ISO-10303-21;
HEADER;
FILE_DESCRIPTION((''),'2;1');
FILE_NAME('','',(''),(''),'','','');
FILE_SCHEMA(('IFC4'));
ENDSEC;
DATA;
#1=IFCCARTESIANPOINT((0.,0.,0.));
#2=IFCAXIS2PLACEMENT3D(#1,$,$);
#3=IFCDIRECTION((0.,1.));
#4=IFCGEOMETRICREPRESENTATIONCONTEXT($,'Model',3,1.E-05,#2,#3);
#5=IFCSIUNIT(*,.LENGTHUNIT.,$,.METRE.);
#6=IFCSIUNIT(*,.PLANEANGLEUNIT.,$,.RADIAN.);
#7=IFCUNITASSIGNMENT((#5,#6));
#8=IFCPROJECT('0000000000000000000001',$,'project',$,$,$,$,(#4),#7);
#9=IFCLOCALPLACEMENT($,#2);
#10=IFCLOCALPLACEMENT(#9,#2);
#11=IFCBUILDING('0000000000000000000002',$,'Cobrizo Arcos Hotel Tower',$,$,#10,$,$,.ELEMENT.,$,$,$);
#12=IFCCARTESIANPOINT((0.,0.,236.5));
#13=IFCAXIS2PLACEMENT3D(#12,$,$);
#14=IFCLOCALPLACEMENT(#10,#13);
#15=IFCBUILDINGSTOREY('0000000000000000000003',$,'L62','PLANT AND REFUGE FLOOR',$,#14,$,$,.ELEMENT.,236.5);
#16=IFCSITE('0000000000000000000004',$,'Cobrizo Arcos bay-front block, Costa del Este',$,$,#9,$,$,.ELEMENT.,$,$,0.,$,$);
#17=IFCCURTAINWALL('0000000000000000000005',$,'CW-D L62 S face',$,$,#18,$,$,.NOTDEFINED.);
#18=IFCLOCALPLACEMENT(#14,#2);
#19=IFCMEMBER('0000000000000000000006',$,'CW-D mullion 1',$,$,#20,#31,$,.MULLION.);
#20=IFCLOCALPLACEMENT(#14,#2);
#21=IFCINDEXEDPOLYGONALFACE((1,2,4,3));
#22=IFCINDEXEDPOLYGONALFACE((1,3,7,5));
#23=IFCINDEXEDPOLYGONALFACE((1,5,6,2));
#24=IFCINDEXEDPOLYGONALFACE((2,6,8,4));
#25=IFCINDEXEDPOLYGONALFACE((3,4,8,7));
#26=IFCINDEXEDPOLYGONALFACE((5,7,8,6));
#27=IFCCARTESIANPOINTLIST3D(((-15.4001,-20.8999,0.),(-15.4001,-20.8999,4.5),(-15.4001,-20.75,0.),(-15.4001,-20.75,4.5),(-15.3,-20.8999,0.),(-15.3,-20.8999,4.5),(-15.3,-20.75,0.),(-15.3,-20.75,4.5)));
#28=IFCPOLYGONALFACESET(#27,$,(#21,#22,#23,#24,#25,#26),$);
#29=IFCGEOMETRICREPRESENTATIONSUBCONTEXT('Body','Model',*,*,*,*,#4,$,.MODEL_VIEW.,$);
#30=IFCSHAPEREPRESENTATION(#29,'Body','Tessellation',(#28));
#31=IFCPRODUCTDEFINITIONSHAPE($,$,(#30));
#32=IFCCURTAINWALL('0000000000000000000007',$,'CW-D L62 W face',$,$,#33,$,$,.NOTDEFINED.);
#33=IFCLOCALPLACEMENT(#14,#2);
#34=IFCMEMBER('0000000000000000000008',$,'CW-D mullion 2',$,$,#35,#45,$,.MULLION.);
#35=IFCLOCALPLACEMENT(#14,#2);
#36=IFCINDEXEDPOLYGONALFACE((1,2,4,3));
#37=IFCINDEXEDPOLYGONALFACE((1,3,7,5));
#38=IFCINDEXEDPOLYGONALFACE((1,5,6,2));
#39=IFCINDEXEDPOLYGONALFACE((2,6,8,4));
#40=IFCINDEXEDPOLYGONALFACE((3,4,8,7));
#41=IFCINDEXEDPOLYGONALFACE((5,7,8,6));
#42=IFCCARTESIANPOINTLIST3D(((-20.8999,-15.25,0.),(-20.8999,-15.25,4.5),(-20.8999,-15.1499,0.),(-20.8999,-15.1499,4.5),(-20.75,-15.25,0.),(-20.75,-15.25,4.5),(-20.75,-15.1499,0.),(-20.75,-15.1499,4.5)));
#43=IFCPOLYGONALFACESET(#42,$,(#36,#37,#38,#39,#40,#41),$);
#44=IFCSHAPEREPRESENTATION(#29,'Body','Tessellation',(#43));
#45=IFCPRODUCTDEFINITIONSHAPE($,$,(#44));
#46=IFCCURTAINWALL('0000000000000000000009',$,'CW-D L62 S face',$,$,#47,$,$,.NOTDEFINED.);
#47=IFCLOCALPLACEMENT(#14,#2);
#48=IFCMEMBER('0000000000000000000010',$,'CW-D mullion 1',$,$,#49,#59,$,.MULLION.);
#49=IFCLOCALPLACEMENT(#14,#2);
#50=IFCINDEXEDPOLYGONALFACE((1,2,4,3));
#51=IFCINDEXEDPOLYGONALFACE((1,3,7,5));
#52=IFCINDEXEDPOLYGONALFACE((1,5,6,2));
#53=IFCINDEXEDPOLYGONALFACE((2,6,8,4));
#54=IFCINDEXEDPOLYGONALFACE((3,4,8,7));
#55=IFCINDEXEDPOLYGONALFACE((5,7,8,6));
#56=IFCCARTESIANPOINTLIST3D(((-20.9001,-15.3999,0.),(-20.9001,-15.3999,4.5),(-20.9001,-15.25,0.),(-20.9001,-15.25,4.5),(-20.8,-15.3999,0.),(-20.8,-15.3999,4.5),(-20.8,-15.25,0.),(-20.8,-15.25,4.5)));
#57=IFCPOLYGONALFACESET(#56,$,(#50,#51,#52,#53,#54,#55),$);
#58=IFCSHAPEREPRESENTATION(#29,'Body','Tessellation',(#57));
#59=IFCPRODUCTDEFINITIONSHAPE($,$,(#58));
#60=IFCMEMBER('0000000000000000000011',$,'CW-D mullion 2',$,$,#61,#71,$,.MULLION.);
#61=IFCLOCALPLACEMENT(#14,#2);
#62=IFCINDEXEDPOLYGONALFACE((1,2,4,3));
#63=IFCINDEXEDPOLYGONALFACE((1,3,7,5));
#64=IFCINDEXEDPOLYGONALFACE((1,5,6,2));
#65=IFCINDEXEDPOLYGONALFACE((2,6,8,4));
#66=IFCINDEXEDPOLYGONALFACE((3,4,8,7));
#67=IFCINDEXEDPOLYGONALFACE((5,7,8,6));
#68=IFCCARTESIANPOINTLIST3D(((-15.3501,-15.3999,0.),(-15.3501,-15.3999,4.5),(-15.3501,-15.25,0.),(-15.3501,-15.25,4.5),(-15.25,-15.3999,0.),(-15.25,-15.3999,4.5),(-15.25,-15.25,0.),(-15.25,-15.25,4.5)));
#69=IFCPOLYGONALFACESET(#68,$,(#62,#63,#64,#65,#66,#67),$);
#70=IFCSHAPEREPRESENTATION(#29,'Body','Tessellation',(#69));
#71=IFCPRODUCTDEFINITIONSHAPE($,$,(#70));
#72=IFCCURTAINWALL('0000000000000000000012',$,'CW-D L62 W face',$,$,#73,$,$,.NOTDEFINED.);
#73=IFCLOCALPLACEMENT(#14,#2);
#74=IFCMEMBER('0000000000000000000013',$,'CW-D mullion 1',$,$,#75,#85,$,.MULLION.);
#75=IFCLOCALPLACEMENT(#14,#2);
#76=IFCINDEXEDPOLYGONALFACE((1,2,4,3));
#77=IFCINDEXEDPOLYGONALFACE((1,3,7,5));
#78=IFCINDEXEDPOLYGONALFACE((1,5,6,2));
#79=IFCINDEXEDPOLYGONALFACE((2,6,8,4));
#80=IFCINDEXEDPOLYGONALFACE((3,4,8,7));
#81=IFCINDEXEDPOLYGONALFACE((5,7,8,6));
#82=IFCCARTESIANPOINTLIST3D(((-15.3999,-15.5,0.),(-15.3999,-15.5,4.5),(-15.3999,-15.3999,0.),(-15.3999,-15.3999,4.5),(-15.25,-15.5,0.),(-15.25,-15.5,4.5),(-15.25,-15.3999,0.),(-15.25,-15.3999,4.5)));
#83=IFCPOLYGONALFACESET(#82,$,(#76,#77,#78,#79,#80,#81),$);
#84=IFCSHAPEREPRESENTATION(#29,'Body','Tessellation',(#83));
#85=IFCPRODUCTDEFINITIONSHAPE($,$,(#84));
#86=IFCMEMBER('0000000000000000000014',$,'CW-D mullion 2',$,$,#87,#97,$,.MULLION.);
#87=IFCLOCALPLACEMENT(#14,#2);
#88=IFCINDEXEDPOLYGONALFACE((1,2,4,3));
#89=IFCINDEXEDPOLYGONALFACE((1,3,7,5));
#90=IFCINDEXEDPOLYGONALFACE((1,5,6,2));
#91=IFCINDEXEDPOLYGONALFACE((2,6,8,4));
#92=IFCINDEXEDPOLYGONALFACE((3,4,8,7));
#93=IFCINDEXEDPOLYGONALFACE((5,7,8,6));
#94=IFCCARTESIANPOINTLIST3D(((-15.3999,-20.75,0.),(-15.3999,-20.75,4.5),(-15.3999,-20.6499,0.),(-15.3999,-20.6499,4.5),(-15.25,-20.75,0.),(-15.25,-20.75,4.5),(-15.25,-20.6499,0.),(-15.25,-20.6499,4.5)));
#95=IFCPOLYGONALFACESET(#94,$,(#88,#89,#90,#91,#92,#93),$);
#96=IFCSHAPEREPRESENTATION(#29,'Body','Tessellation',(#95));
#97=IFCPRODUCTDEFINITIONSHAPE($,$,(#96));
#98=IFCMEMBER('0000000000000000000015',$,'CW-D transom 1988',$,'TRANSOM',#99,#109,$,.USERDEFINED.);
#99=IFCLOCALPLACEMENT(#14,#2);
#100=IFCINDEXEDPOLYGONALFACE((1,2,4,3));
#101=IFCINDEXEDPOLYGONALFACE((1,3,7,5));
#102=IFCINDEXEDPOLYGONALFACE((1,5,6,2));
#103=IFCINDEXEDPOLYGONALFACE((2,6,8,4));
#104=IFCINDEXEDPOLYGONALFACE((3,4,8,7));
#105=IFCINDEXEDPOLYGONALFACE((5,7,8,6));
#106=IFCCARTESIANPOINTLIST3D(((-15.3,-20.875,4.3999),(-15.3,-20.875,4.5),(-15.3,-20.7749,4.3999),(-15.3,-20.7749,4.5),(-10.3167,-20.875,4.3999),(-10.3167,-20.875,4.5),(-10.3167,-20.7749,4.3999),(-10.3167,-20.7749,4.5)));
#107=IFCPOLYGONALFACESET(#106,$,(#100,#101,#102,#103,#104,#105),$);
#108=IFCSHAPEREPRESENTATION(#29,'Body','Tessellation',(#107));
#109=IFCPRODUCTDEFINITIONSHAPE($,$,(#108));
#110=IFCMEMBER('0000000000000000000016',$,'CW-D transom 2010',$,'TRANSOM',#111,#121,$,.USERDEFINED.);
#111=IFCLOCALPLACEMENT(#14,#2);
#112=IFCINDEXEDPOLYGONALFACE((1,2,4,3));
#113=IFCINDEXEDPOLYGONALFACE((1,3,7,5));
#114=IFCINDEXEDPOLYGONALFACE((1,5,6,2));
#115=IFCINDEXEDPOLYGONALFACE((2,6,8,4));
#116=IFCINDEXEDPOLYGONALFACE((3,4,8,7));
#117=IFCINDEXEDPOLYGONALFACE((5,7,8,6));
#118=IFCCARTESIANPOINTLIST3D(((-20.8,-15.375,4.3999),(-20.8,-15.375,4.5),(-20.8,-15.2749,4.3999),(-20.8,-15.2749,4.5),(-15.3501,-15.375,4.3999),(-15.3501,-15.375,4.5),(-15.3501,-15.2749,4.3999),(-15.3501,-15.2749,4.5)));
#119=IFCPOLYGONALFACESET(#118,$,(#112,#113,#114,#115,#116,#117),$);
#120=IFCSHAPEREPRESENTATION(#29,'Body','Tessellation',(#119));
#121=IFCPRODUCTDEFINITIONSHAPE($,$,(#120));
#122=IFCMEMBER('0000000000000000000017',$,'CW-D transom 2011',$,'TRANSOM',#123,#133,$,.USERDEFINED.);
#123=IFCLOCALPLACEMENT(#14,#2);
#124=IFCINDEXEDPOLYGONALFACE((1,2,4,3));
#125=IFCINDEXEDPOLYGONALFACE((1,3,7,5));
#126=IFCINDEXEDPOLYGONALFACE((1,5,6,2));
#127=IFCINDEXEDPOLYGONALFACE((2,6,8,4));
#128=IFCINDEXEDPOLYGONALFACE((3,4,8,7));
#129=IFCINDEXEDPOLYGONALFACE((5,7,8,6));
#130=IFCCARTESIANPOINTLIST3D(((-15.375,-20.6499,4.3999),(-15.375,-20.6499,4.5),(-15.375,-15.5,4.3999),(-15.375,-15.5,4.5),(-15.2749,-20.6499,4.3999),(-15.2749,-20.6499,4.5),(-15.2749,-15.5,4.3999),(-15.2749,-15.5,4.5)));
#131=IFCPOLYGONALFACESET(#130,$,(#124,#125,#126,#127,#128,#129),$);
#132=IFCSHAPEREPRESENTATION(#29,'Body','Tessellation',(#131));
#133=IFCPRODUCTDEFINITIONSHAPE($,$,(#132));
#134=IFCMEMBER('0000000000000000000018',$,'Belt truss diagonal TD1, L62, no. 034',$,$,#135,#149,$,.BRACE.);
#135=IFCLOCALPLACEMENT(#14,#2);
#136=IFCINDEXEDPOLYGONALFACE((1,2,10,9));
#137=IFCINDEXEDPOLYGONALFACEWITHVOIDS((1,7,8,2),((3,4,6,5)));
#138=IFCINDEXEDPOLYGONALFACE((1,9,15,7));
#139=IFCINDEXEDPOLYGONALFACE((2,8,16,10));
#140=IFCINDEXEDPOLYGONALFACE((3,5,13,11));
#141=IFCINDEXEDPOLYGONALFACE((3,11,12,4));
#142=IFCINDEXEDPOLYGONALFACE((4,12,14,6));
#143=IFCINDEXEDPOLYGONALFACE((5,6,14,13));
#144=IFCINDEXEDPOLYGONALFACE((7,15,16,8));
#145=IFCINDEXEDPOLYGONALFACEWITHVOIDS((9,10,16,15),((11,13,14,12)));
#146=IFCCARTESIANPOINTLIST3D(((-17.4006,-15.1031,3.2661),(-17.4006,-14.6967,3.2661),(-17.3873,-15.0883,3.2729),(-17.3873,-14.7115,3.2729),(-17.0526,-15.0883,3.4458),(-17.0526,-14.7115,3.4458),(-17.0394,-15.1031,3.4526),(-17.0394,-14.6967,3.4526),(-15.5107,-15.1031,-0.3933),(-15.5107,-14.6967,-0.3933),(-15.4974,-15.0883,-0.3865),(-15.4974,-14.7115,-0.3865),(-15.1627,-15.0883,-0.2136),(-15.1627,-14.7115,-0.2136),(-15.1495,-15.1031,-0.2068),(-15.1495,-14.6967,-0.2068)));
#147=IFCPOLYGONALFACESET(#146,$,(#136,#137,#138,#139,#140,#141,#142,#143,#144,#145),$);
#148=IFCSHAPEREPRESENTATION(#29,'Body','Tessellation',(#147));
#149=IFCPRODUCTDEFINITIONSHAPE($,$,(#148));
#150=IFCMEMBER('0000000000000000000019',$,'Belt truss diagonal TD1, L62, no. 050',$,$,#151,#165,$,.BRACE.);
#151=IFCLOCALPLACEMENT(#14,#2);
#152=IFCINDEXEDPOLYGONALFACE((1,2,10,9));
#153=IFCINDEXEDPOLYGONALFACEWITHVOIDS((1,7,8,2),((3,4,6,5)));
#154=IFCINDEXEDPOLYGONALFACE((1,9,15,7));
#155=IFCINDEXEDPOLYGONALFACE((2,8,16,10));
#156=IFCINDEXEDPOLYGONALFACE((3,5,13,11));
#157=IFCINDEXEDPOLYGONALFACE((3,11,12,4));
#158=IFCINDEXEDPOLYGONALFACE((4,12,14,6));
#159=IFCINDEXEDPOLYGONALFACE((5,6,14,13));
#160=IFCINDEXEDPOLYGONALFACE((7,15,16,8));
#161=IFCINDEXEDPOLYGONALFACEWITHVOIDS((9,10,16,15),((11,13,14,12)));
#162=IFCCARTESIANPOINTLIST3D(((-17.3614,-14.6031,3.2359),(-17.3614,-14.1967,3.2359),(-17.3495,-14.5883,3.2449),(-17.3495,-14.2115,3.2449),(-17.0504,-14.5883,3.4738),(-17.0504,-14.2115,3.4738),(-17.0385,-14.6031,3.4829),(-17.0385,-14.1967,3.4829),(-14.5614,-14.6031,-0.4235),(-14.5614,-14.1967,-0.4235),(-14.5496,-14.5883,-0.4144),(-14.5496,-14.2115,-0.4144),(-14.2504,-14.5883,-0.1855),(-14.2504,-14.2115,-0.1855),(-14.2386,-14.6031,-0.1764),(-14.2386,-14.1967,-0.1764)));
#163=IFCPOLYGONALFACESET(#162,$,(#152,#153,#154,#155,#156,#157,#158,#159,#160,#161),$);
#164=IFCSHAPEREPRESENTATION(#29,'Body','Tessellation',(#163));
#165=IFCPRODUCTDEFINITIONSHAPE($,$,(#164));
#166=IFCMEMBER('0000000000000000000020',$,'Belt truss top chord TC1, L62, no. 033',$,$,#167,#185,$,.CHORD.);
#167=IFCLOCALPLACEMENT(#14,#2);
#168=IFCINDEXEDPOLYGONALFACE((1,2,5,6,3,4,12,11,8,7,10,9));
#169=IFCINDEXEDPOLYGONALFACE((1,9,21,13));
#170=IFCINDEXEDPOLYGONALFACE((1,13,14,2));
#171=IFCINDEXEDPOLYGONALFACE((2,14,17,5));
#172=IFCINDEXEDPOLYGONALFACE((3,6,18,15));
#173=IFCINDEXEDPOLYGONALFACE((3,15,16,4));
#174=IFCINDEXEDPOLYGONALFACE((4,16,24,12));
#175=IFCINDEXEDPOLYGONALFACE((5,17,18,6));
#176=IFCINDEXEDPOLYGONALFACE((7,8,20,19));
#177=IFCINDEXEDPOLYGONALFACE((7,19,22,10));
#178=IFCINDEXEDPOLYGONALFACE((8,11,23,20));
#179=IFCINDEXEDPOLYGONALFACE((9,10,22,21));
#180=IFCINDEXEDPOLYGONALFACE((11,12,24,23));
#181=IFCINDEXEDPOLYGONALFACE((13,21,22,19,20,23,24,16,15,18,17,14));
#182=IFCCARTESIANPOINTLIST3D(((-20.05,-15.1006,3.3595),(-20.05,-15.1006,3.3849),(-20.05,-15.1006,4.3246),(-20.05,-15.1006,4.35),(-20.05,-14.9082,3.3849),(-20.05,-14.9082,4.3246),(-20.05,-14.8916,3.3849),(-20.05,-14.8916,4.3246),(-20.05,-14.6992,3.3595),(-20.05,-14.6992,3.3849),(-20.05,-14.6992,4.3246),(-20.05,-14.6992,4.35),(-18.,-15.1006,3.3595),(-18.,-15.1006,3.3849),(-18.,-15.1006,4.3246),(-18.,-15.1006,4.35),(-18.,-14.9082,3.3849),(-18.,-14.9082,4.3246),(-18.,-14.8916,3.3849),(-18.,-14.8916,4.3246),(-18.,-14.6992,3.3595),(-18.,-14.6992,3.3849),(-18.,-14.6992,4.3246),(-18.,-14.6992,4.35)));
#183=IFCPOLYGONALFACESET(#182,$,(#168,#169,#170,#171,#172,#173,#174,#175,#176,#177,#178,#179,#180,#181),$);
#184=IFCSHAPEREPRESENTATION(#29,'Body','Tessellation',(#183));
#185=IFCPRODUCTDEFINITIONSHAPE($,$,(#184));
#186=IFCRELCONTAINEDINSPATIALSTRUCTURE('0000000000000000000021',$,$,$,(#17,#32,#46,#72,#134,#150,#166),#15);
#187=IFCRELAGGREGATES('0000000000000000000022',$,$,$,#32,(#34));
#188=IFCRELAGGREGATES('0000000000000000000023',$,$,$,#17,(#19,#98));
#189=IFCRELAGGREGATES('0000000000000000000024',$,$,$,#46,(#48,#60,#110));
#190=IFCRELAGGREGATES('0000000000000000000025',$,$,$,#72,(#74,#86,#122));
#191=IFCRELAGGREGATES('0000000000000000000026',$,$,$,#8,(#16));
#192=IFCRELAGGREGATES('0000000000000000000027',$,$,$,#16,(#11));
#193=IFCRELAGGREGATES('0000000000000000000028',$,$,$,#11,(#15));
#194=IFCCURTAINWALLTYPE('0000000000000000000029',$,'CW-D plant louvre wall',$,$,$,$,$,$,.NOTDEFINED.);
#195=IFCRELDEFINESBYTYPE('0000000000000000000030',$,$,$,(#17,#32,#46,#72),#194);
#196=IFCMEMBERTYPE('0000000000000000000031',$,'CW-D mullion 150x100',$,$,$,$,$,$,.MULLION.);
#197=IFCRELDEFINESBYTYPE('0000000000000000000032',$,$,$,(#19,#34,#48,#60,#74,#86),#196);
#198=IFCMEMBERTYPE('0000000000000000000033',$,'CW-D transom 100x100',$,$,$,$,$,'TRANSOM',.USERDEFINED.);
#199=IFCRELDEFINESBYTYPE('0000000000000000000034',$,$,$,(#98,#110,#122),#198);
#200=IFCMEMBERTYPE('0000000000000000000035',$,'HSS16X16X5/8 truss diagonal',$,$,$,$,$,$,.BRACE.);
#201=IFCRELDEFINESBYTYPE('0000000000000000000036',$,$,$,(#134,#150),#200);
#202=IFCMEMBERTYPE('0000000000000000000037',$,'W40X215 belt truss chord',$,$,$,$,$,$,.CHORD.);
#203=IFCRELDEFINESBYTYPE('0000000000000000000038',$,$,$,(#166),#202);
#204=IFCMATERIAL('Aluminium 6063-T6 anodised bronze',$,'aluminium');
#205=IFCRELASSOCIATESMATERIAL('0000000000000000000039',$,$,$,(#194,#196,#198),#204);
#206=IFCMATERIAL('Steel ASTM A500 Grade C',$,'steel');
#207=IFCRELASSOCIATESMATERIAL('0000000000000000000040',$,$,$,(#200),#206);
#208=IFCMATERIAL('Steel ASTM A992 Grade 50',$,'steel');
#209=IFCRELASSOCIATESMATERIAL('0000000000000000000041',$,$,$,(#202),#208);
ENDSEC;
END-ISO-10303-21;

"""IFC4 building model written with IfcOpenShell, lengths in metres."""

from ifc_helpers import new_model, si_unit, direction, frame, origin, origin_2d, place, context, subcontext, project, spatial, rectangle, hollow_rectangle, i_section, extrude, material, material_profile, profile_set, type_object, element, aggregate, save


model = new_model("IFC4")

# Units and contexts
model_context = context("Model", 3, precision=1e-05, world=origin(), true_north=direction((0.0, 1.0)))
body_context = subcontext(model_context, "Body", "Model", "MODEL_VIEW")
ifc_project = project(units=[si_unit("LENGTHUNIT", "METRE"), si_unit("PLANEANGLEUNIT", "RADIAN")], contexts=[model_context])

# Site, building, storey
site_placement = place(None, origin())
site = spatial("IfcSite", under=ifc_project, at=site_placement, Name="Cobrizo Arcos bay-front block, Costa del Este", CompositionType="ELEMENT", RefElevation=0.0)
building_placement = place(site_placement, origin())
building = spatial("IfcBuilding", under=site, at=building_placement, Name="Cobrizo Arcos Hotel Tower", CompositionType="ELEMENT")
storey_placement = place(building_placement, frame((0.0, 0.0, 236.5)))
storey = spatial("IfcBuildingStorey", under=building, at=storey_placement, Name="L62", Description="PLANT AND REFUGE FLOOR", CompositionType="ELEMENT", Elevation=236.5)

# Curtain walls, members
ifc_material_1 = material(Name="Aluminium 6063-T6 anodised bronze", Category="aluminium")
curtain_wall_type = type_object("IfcCurtainWallType", Name="CW-D plant louvre wall", PredefinedType="NOTDEFINED", material=ifc_material_1)
curtain_wall_1_placement = place(storey_placement, origin())
curtain_wall_1 = element("IfcCurtainWall", 1, at=curtain_wall_1_placement, inside=storey, type_object=curtain_wall_type, Name="CW-D L62 S face", PredefinedType="NOTDEFINED")
ifc_material_profile_1 = material_profile(ifc_material_1, rectangle(XDim=0.1499, YDim=0.1001, at=origin_2d()), Name="CW-D mullion 150x100")
ifc_profile_set_1 = profile_set([ifc_material_profile_1], Name="Aluminium 6063-T6 anodised bronze")
member_type_1 = type_object("IfcMemberType", Name="CW-D mullion 150x100", PredefinedType="MULLION", material=ifc_profile_set_1)
member_1_placement = place(storey_placement, frame((-15.3501, -20.825, 0.0), z_axis=(0.0, 0.0, 1.0), x_axis=(0.0, -1.0, 0.0)))
member_1 = element("IfcMember", 2, at=member_1_placement, type_object=member_type_1, Name="CW-D mullion 1", PredefinedType="MULLION", context=body_context, shape_type="SweptSolid", body=[
    extrude(rectangle(XDim=0.1499, YDim=0.1001, at=origin_2d()), origin(), (0.0, 0.0, 1.0), 4.5),
])
curtain_wall_2_placement = place(storey_placement, origin())
curtain_wall_2 = element("IfcCurtainWall", 3, at=curtain_wall_2_placement, inside=storey, type_object=curtain_wall_type, Name="CW-D L62 W face", PredefinedType="NOTDEFINED")
member_2_placement = place(storey_placement, frame((-20.825, -15.2, 0.0), z_axis=(0.0, 0.0, 1.0), x_axis=(-1.0, 0.0, 0.0)))
member_2 = element("IfcMember", 4, at=member_2_placement, type_object=member_type_1, Name="CW-D mullion 2", PredefinedType="MULLION", context=body_context, shape_type="SweptSolid", body=[
    extrude(rectangle(XDim=0.1499, YDim=0.1001, at=origin_2d()), origin(), (0.0, 0.0, 1.0), 4.5),
])
aggregate(curtain_wall_2, [member_2])

# Curtain walls, members
curtain_wall_3_placement = place(storey_placement, origin())
curtain_wall_3 = element("IfcCurtainWall", 5, at=curtain_wall_3_placement, inside=storey, type_object=curtain_wall_type, Name="CW-D L62 S face", PredefinedType="NOTDEFINED")
member_3_placement = place(storey_placement, frame((-20.8501, -15.325, 0.0), z_axis=(0.0, 0.0, 1.0), x_axis=(0.0, -1.0, 0.0)))
member_3 = element("IfcMember", 6, at=member_3_placement, type_object=member_type_1, Name="CW-D mullion 1", PredefinedType="MULLION", context=body_context, shape_type="SweptSolid", body=[
    extrude(rectangle(XDim=0.1499, YDim=0.1001, at=origin_2d()), origin(), (0.0, 0.0, 1.0), 4.5),
])
member_4_placement = place(storey_placement, frame((-15.3, -15.325, 0.0), z_axis=(0.0, 0.0, 1.0), x_axis=(0.0, -1.0, 0.0)))
member_4 = element("IfcMember", 7, at=member_4_placement, type_object=member_type_1, Name="CW-D mullion 2", PredefinedType="MULLION", context=body_context, shape_type="SweptSolid", body=[
    extrude(rectangle(XDim=0.1499, YDim=0.1001, at=origin_2d()), origin(), (0.0, 0.0, 1.0), 4.5),
])
curtain_wall_4_placement = place(storey_placement, origin())
curtain_wall_4 = element("IfcCurtainWall", 8, at=curtain_wall_4_placement, inside=storey, type_object=curtain_wall_type, Name="CW-D L62 W face", PredefinedType="NOTDEFINED")
member_5_placement = place(storey_placement, frame((-15.325, -15.45, 0.0), z_axis=(0.0, 0.0, 1.0), x_axis=(-1.0, 0.0, 0.0)))
member_5 = element("IfcMember", 9, at=member_5_placement, type_object=member_type_1, Name="CW-D mullion 1", PredefinedType="MULLION", context=body_context, shape_type="SweptSolid", body=[
    extrude(rectangle(XDim=0.1499, YDim=0.1001, at=origin_2d()), origin(), (0.0, 0.0, 1.0), 4.5),
])
member_6_placement = place(storey_placement, frame((-15.325, -20.7, 0.0), z_axis=(0.0, 0.0, 1.0), x_axis=(-1.0, 0.0, 0.0)))
member_6 = element("IfcMember", 10, at=member_6_placement, type_object=member_type_1, Name="CW-D mullion 2", PredefinedType="MULLION", context=body_context, shape_type="SweptSolid", body=[
    extrude(rectangle(XDim=0.1499, YDim=0.1001, at=origin_2d()), origin(), (0.0, 0.0, 1.0), 4.5),
])

# Members
ifc_material_profile_2 = material_profile(ifc_material_1, rectangle(XDim=0.1001, YDim=0.1001, at=origin_2d()), Name="CW-D transom 100x100")
ifc_profile_set_2 = profile_set([ifc_material_profile_2], Name="Aluminium 6063-T6 anodised bronze")
member_type_2 = type_object("IfcMemberType", Name="CW-D transom 100x100", ElementType="TRANSOM", PredefinedType="USERDEFINED", material=ifc_profile_set_2)
member_7_placement = place(storey_placement, frame((-15.3, -20.825, 4.45), z_axis=(1.0, 0.0, 0.0), x_axis=(0.0, 1.0, 0.0)))
member_7 = element("IfcMember", 11, at=member_7_placement, type_object=member_type_2, Name="CW-D transom 1988", ObjectType="TRANSOM", PredefinedType="USERDEFINED", context=body_context, shape_type="SweptSolid", body=[
    extrude(rectangle(XDim=0.1001, YDim=0.1001, at=origin_2d()), origin(), (0.0, 0.0, 1.0), 4.9834),
])
aggregate(curtain_wall_1, [member_1, member_7])
member_8_placement = place(storey_placement, frame((-20.8, -15.325, 4.45), z_axis=(1.0, 0.0, 0.0), x_axis=(0.0, 1.0, 0.0)))
member_8 = element("IfcMember", 12, at=member_8_placement, type_object=member_type_2, Name="CW-D transom 2010", ObjectType="TRANSOM", PredefinedType="USERDEFINED", context=body_context, shape_type="SweptSolid", body=[
    extrude(rectangle(XDim=0.1001, YDim=0.1001, at=origin_2d()), origin(), (0.0, 0.0, 1.0), 5.45),
])
member_9_placement = place(storey_placement, frame((-15.325, -15.5, 4.45), z_axis=(0.0, -1.0, 0.0), x_axis=(1.0, 0.0, 0.0)))
member_9 = element("IfcMember", 13, at=member_9_placement, type_object=member_type_2, Name="CW-D transom 2011", ObjectType="TRANSOM", PredefinedType="USERDEFINED", context=body_context, shape_type="SweptSolid", body=[
    extrude(rectangle(XDim=0.1001, YDim=0.1001, at=origin_2d()), origin(), (0.0, 0.0, 1.0), 5.1499),
])

# Members
ifc_material_2 = material(Name="Steel ASTM A500 Grade C", Category="steel")
ifc_material_profile_3 = material_profile(ifc_material_2, hollow_rectangle(XDim=0.4065, YDim=0.4065, WallThickness=0.0149, at=origin_2d()), Name="HSS16X16X5/8")
ifc_profile_set_3 = profile_set([ifc_material_profile_3], Name="Steel ASTM A500 Grade C")
member_type_3 = type_object("IfcMemberType", Name="HSS16X16X5/8 truss diagonal", PredefinedType="BRACE", material=ifc_profile_set_3)
member_10_placement = place(storey_placement, frame((-17.22, -14.8999, 3.3594), z_axis=(0.458865, 0.0, -0.888506), x_axis=(0.0, 1.0, 0.0)))
element("IfcMember", 14, at=member_10_placement, inside=storey, type_object=member_type_3, Name="Belt truss diagonal TD1, L62, no. 034", PredefinedType="BRACE", context=body_context, shape_type="SweptSolid", body=[
    extrude(hollow_rectangle(XDim=0.4065, YDim=0.4065, WallThickness=0.0149, at=origin_2d()), origin(), (0.0, 0.0, 1.0), 4.1187),
])
member_11_placement = place(storey_placement, frame((-17.2, -14.3999, 3.3594), z_axis=(0.607678, 0.0, -0.794183), x_axis=(0.0, 1.0, 0.0)))
element("IfcMember", 15, at=member_11_placement, inside=storey, type_object=member_type_3, Name="Belt truss diagonal TD1, L62, no. 050", PredefinedType="BRACE", context=body_context, shape_type="SweptSolid", body=[
    extrude(hollow_rectangle(XDim=0.4065, YDim=0.4065, WallThickness=0.0149, at=origin_2d()), origin(), (0.0, 0.0, 1.0), 4.6077),
])
ifc_material_3 = material(Name="Steel ASTM A992 Grade 50", Category="steel")
ifc_material_profile_4 = material_profile(ifc_material_3, i_section(OverallWidth=0.4014, OverallDepth=0.9905, WebThickness=0.0166, FlangeThickness=0.0254, at=origin_2d()), Name="W40X215")
ifc_profile_set_4 = profile_set([ifc_material_profile_4], Name="Steel ASTM A992 Grade 50")
member_type_4 = type_object("IfcMemberType", Name="W40X215 belt truss chord", PredefinedType="CHORD", material=ifc_profile_set_4)
for number, where, z_axis, x_axis, name in (
    (16, (-20.05, -14.8999, 3.8547), (1.0, 0.0, 0.0), (0.0, 1.0, 0.0), "Belt truss top chord TC1, L62, no. 033"),
):
    element("IfcMember", number, at=place(storey_placement, frame(where, z_axis=z_axis, x_axis=x_axis)), inside=storey, type_object=member_type_4, Name=name, PredefinedType="CHORD", context=body_context, shape_type="SweptSolid", body=[
        extrude(i_section(OverallWidth=0.4014, OverallDepth=0.9905, WebThickness=0.0166, FlangeThickness=0.0254, at=origin_2d()), origin(), (0.0, 0.0, 1.0), 2.05),
    ])

aggregate(curtain_wall_3, [member_3, member_4, member_8])
aggregate(curtain_wall_4, [member_5, member_6, member_9])

save(model, "model.ifc")
